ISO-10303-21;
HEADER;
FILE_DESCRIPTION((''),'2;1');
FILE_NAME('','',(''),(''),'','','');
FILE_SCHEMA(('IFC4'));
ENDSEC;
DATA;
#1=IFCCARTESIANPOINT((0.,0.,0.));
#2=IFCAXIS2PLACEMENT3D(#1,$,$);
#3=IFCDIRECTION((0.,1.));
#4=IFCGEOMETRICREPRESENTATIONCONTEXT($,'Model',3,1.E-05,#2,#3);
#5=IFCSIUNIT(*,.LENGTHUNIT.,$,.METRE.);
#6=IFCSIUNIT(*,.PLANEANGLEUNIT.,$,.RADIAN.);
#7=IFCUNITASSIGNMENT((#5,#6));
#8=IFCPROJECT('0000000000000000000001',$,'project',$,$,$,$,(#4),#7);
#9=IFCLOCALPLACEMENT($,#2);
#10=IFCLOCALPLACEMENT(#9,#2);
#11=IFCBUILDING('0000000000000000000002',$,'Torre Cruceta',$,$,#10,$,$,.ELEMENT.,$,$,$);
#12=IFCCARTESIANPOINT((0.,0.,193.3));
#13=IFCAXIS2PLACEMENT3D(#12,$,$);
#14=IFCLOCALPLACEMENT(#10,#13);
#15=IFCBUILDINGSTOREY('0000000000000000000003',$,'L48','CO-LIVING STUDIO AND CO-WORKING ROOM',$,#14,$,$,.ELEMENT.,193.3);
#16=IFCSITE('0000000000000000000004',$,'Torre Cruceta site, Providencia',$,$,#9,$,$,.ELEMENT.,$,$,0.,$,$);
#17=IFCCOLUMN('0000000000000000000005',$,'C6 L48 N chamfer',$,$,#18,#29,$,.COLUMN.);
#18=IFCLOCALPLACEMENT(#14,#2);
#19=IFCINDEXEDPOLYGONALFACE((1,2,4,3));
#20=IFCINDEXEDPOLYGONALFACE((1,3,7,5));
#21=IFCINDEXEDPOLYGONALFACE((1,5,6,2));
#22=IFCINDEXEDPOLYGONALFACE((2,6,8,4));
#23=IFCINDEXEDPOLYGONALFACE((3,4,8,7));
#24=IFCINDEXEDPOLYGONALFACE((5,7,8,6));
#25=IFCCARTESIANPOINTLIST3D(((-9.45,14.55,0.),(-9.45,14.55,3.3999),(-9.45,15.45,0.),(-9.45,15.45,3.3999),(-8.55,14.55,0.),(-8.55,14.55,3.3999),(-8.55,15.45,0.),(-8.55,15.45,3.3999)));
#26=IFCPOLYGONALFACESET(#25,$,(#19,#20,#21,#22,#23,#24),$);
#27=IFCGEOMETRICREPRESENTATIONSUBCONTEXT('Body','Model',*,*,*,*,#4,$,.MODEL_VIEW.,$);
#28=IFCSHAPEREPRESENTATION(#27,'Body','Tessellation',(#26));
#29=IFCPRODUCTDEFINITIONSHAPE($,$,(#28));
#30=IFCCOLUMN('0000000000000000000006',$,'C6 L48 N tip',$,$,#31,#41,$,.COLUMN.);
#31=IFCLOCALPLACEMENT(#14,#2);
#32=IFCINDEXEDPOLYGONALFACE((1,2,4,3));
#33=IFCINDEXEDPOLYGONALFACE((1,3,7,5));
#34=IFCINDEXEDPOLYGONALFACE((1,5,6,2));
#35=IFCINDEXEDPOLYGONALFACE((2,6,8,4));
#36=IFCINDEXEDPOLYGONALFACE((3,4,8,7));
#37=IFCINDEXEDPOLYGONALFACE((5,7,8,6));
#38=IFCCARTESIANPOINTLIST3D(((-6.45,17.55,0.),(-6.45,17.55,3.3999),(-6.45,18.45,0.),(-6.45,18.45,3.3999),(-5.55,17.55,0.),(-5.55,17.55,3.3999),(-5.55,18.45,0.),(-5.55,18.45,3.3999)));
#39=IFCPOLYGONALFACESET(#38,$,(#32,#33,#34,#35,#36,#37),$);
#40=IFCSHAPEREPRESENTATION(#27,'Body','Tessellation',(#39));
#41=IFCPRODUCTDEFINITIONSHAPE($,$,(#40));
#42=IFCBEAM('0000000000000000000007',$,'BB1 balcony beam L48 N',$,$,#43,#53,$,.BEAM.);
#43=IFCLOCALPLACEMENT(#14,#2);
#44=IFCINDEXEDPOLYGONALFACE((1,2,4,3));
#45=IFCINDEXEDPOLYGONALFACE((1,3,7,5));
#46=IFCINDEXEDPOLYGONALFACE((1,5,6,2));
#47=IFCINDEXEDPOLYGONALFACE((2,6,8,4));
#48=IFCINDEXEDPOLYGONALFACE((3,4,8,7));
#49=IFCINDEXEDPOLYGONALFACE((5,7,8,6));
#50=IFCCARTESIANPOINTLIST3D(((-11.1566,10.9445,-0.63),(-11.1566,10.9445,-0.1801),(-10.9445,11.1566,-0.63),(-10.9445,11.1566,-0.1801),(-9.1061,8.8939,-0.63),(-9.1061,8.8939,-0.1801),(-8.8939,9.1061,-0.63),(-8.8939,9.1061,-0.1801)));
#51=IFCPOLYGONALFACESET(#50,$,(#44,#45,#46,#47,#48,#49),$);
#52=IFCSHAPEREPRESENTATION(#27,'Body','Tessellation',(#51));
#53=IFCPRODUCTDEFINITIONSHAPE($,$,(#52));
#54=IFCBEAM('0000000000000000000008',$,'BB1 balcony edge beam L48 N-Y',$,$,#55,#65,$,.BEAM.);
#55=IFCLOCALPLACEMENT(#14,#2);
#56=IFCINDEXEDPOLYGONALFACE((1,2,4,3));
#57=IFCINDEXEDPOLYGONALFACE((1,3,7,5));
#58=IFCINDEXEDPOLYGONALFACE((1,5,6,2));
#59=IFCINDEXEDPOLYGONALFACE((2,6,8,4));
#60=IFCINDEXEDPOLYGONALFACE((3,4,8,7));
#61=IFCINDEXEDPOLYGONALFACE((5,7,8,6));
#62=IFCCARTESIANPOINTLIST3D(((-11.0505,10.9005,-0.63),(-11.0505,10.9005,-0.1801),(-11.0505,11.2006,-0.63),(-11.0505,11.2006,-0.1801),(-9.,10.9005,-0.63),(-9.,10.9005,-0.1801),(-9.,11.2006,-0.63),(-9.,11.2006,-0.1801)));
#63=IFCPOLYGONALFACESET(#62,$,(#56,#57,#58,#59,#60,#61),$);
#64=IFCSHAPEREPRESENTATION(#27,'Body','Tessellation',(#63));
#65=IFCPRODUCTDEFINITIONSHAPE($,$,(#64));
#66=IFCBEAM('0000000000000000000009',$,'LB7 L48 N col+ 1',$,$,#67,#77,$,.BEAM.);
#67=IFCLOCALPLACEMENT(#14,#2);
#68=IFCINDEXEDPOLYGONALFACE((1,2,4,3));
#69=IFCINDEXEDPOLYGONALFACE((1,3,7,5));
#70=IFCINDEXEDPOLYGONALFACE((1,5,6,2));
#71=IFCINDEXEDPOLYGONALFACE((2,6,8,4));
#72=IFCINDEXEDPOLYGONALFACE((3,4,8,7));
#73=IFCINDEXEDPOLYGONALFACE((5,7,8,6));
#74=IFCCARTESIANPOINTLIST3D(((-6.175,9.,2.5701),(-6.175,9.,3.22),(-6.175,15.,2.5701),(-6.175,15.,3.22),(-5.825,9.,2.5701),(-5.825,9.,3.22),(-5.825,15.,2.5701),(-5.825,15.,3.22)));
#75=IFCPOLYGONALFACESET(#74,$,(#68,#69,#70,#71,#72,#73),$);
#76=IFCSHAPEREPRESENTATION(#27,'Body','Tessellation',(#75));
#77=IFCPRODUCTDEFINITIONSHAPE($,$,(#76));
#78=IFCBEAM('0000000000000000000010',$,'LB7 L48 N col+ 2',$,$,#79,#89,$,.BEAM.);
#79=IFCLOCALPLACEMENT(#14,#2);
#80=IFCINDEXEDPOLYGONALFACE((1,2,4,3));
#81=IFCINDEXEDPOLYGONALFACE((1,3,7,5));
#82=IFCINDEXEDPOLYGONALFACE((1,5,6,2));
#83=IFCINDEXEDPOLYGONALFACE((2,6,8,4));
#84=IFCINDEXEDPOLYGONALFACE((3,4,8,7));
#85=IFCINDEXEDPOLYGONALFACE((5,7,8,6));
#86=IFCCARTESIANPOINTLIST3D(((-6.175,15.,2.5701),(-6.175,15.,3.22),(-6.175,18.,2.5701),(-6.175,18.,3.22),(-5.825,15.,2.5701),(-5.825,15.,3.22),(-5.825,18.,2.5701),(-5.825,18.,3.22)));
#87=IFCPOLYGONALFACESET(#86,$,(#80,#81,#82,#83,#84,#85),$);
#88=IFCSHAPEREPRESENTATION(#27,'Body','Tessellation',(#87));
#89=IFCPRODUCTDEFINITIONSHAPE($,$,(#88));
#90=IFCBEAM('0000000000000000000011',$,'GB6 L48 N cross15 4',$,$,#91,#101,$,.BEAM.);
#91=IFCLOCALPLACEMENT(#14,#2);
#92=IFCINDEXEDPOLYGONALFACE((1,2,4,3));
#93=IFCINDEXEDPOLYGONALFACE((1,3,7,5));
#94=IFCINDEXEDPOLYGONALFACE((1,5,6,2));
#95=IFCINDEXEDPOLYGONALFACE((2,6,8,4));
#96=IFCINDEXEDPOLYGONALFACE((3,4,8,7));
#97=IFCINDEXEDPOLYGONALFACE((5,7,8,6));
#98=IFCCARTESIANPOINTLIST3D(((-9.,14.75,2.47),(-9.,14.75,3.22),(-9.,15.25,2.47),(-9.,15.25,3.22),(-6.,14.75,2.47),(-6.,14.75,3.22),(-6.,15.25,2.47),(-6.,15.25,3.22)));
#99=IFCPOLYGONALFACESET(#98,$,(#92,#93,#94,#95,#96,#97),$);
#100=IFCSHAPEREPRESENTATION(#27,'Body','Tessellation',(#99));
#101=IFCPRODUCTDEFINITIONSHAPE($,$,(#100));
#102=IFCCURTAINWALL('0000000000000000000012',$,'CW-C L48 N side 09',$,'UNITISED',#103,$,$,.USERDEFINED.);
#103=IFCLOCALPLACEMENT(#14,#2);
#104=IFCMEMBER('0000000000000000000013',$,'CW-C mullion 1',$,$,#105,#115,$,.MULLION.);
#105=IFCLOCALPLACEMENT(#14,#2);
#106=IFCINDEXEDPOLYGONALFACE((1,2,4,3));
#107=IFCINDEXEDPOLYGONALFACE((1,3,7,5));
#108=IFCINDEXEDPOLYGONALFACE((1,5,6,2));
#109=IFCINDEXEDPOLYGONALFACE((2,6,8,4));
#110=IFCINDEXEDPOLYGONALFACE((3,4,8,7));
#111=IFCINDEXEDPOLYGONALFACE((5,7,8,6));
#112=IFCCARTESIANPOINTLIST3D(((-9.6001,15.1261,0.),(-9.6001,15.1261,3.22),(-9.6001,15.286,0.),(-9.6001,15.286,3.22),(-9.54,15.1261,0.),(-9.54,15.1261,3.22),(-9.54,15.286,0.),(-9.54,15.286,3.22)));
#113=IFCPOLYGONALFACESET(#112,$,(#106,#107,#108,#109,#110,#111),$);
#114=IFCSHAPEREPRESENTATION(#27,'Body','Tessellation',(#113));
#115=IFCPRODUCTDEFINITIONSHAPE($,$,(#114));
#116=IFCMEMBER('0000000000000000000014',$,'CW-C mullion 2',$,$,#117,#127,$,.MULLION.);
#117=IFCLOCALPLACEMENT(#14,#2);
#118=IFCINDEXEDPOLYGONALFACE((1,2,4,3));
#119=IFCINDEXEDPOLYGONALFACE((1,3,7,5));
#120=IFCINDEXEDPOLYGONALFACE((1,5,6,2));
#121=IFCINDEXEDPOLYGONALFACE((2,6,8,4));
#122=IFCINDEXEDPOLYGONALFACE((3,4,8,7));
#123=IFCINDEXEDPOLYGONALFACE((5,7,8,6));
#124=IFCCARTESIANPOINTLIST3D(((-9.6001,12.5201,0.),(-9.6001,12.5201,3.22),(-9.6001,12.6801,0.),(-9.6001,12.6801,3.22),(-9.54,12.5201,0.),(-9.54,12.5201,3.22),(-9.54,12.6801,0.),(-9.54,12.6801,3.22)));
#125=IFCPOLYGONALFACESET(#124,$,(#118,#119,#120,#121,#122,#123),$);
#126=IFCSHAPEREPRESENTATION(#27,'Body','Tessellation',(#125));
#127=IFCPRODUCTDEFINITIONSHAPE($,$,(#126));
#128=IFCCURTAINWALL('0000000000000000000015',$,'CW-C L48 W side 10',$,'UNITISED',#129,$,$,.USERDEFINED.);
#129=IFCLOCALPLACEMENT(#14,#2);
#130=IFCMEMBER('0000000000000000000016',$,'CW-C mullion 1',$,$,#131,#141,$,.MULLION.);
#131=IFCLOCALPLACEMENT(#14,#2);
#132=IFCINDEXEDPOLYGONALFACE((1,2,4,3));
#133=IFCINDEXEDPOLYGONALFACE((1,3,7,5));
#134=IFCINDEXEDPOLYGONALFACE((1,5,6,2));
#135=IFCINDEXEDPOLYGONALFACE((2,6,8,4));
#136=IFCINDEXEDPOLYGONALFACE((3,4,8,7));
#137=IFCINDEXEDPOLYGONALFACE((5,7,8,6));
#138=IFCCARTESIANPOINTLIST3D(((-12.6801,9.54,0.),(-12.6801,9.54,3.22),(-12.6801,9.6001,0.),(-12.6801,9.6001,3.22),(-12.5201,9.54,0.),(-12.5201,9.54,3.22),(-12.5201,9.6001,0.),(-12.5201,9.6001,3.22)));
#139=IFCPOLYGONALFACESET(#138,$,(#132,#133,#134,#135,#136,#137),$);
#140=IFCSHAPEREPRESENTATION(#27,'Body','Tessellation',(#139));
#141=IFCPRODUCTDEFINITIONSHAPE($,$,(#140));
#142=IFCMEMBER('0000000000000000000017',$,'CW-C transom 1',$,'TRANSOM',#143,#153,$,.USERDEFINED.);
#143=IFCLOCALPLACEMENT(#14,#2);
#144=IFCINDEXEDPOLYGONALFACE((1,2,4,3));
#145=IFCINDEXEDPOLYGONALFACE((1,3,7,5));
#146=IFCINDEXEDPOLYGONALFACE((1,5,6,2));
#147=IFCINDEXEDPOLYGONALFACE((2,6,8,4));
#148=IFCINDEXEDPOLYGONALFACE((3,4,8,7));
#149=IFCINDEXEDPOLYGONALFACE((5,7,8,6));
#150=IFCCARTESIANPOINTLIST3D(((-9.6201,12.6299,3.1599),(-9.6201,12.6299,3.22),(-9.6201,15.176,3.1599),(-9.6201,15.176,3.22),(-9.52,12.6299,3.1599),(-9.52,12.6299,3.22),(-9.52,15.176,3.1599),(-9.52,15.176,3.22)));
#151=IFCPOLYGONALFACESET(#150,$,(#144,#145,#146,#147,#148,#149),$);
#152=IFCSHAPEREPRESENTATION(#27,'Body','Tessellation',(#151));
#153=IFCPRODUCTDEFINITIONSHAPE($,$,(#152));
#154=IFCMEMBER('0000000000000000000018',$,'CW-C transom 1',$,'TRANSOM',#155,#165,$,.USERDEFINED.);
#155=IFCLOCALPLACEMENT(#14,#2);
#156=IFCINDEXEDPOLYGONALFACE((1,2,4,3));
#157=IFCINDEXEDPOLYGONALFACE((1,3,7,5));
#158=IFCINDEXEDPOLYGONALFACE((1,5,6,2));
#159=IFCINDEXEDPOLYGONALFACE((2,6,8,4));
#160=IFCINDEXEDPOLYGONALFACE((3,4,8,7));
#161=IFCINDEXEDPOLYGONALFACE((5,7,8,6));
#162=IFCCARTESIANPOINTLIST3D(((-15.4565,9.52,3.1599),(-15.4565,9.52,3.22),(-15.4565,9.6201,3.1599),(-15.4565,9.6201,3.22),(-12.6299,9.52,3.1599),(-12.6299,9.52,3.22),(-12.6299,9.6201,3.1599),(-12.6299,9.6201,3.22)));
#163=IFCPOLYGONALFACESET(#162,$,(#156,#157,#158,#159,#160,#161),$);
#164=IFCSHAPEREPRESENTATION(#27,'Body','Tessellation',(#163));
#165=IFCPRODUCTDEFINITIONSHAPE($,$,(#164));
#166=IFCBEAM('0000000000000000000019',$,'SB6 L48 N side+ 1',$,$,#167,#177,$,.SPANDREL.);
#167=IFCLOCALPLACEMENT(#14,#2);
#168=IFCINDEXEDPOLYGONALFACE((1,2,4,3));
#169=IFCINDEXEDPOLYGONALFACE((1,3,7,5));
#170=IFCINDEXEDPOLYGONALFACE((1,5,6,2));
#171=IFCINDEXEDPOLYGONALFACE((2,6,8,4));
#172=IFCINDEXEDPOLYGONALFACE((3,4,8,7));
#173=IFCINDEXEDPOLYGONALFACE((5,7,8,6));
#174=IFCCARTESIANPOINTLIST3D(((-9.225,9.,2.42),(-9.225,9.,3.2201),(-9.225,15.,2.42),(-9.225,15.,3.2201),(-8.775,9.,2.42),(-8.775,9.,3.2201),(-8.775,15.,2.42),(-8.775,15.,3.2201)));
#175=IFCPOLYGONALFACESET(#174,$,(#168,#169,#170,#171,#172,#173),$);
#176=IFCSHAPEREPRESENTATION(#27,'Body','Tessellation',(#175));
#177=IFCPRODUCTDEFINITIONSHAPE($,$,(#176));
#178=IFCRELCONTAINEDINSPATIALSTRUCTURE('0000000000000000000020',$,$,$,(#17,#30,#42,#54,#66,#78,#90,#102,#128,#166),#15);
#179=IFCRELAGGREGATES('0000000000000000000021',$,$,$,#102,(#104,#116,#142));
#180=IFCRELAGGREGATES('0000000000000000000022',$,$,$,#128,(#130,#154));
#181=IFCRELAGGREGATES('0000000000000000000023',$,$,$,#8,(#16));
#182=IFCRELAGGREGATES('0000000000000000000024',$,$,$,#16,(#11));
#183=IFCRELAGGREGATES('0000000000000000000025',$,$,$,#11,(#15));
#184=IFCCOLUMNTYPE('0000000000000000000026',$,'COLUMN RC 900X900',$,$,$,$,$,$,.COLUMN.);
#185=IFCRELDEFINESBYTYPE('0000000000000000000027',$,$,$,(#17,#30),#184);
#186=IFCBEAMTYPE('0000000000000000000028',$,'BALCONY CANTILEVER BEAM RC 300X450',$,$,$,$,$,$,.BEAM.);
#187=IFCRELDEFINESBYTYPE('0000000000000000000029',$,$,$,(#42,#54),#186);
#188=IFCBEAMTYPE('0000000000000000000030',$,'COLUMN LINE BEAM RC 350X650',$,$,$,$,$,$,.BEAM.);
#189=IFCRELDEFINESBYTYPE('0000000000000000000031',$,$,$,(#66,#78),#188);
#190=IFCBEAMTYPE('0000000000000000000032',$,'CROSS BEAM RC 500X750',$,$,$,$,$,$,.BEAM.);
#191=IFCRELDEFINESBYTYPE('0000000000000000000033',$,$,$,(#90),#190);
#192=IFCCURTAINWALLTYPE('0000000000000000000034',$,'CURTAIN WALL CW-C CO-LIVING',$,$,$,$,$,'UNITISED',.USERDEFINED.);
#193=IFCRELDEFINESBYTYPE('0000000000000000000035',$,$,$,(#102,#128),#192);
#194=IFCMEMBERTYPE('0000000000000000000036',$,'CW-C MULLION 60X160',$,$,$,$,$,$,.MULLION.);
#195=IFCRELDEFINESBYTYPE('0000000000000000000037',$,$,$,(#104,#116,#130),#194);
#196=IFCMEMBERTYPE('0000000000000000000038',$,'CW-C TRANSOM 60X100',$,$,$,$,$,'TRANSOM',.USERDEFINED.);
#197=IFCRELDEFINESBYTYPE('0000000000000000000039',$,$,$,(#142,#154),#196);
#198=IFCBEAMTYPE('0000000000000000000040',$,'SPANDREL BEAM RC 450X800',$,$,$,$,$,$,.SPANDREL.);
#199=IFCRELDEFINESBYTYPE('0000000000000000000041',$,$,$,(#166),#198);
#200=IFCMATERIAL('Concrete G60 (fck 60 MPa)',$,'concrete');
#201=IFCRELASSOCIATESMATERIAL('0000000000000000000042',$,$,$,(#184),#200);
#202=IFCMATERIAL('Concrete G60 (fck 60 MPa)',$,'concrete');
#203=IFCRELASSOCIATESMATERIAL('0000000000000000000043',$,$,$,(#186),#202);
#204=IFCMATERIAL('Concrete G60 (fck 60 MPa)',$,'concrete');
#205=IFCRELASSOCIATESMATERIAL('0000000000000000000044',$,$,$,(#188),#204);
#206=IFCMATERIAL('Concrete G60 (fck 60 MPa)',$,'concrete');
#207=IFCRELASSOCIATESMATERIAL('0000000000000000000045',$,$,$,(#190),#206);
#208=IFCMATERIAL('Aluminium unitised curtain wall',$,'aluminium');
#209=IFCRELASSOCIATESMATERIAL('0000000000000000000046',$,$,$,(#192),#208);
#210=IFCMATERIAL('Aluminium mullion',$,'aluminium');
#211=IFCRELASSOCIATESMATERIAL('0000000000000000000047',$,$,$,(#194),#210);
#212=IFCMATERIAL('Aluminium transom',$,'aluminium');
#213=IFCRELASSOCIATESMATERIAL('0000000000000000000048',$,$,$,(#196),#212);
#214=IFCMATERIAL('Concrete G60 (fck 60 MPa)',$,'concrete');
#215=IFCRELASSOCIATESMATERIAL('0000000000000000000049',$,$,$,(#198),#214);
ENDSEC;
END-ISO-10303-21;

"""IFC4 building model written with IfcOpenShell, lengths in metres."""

from ifc_helpers import new_model, si_unit, direction, frame, origin, origin_2d, place, context, subcontext, project, spatial, rectangle, extrude, material, material_profile, profile_set, type_object, element, aggregate, save


model = new_model("IFC4")

# Units and contexts
model_context = context("Model", 3, precision=1e-05, world=origin(), true_north=direction((0.0, 1.0)))
body_context = subcontext(model_context, "Body", "Model", "MODEL_VIEW")
ifc_project = project(units=[si_unit("LENGTHUNIT", "METRE"), si_unit("PLANEANGLEUNIT", "RADIAN")], contexts=[model_context])

# Site, building, storey
site_placement = place(None, origin())
site = spatial("IfcSite", under=ifc_project, at=site_placement, Name="Torre Cruceta site, Providencia", CompositionType="ELEMENT", RefElevation=0.0)
building_placement = place(site_placement, origin())
building = spatial("IfcBuilding", under=site, at=building_placement, Name="Torre Cruceta", CompositionType="ELEMENT")
storey_placement = place(building_placement, frame((0.0, 0.0, 193.3)))
storey = spatial("IfcBuildingStorey", under=building, at=storey_placement, Name="L48", Description="CO-LIVING STUDIO AND CO-WORKING ROOM", CompositionType="ELEMENT", Elevation=193.3)

# Columns
ifc_material_1 = material(Name="Concrete G60 (fck 60 MPa)", Category="concrete")
ifc_material_profile_1 = material_profile(ifc_material_1, rectangle(XDim=0.8999, YDim=0.8999, at=origin_2d()), Name="RC 900X900")
ifc_profile_set_1 = profile_set([ifc_material_profile_1], Name="Concrete G60 (fck 60 MPa)")
column_type = type_object("IfcColumnType", Name="COLUMN RC 900X900", PredefinedType="COLUMN", material=ifc_profile_set_1)
for number, where, z_axis, x_axis, name in (
    (1, (-9.0, 15.0, 0.0), (0.0, 0.0, 1.0), (1.0, 0.0, 0.0), "C6 L48 N chamfer"),
    (2, (-6.0, 18.0, 0.0), (0.0, 0.0, 1.0), (1.0, 0.0, 0.0), "C6 L48 N tip"),
):
    element("IfcColumn", number, at=place(storey_placement, frame(where, z_axis=z_axis, x_axis=x_axis)), inside=storey, type_object=column_type, Name=name, PredefinedType="COLUMN", context=body_context, shape_type="SweptSolid", body=[
        extrude(rectangle(XDim=0.8999, YDim=0.8999, at=origin_2d()), origin(), (0.0, 0.0, 1.0), 3.3999),
    ])

# Beams
ifc_material_2 = material(Name="Concrete G60 (fck 60 MPa)", Category="concrete")
ifc_material_profile_2 = material_profile(ifc_material_2, rectangle(XDim=0.3, YDim=0.45, at=origin_2d()), Name="RC 300X450")
ifc_profile_set_2 = profile_set([ifc_material_profile_2], Name="Concrete G60 (fck 60 MPa)")
beam_type_1 = type_object("IfcBeamType", Name="BALCONY CANTILEVER BEAM RC 300X450", PredefinedType="BEAM", material=ifc_profile_set_2)
beam_1_placement = place(storey_placement, frame((-9.0, 9.0, -0.405), z_axis=(-0.707107, 0.707107, 0.0), x_axis=(-0.707107, -0.707107, 0.0)))
element("IfcBeam", 3, at=beam_1_placement, inside=storey, type_object=beam_type_1, Name="BB1 balcony beam L48 N", PredefinedType="BEAM", context=body_context, shape_type="SweptSolid", body=[
    extrude(rectangle(XDim=0.3, YDim=0.45, at=origin_2d()), origin(), (0.0, 0.0, 1.0), 2.8999),
])
beam_2_placement = place(storey_placement, frame((-9.0, 11.0505, -0.405), z_axis=(-1.0, 0.0, 0.0), x_axis=(0.0, -1.0, 0.0)))
element("IfcBeam", 4, at=beam_2_placement, inside=storey, type_object=beam_type_1, Name="BB1 balcony edge beam L48 N-Y", PredefinedType="BEAM", context=body_context, shape_type="SweptSolid", body=[
    extrude(rectangle(XDim=0.3, YDim=0.45, at=origin_2d()), origin(), (0.0, 0.0, 1.0), 2.0505),
])
ifc_material_3 = material(Name="Concrete G60 (fck 60 MPa)", Category="concrete")
ifc_material_profile_3 = material_profile(ifc_material_3, rectangle(XDim=0.3501, YDim=0.6499, at=origin_2d()), Name="RC 350X650")
ifc_profile_set_3 = profile_set([ifc_material_profile_3], Name="Concrete G60 (fck 60 MPa)")
beam_type_2 = type_object("IfcBeamType", Name="COLUMN LINE BEAM RC 350X650", PredefinedType="BEAM", material=ifc_profile_set_3)
beam_3_placement = place(storey_placement, frame((-6.0, 9.0, 2.895), z_axis=(0.0, 1.0, 0.0), x_axis=(-1.0, 0.0, 0.0)))
element("IfcBeam", 5, at=beam_3_placement, inside=storey, type_object=beam_type_2, Name="LB7 L48 N col+ 1", PredefinedType="BEAM", context=body_context, shape_type="SweptSolid", body=[
    extrude(rectangle(XDim=0.3501, YDim=0.6499, at=origin_2d()), origin(), (0.0, 0.0, 1.0), 6.0),
])
beam_4_placement = place(storey_placement, frame((-6.0, 15.0, 2.895), z_axis=(0.0, 1.0, 0.0), x_axis=(-1.0, 0.0, 0.0)))
element("IfcBeam", 6, at=beam_4_placement, inside=storey, type_object=beam_type_2, Name="LB7 L48 N col+ 2", PredefinedType="BEAM", context=body_context, shape_type="SweptSolid", body=[
    extrude(rectangle(XDim=0.3501, YDim=0.6499, at=origin_2d()), origin(), (0.0, 0.0, 1.0), 3.0),
])
ifc_material_4 = material(Name="Concrete G60 (fck 60 MPa)", Category="concrete")
ifc_material_profile_4 = material_profile(ifc_material_4, rectangle(XDim=0.5, YDim=0.75, at=origin_2d()), Name="RC 500X750")
ifc_profile_set_4 = profile_set([ifc_material_profile_4], Name="Concrete G60 (fck 60 MPa)")
beam_type_3 = type_object("IfcBeamType", Name="CROSS BEAM RC 500X750", PredefinedType="BEAM", material=ifc_profile_set_4)
beam_5_placement = place(storey_placement, frame((-6.0, 15.0, 2.845), z_axis=(-1.0, 0.0, 0.0), x_axis=(0.0, -1.0, 0.0)))
element("IfcBeam", 7, at=beam_5_placement, inside=storey, type_object=beam_type_3, Name="GB6 L48 N cross15 4", PredefinedType="BEAM", context=body_context, shape_type="SweptSolid", body=[
    extrude(rectangle(XDim=0.5, YDim=0.75, at=origin_2d()), origin(), (0.0, 0.0, 1.0), 3.0),
])

# Curtain wall, members
ifc_material_5 = material(Name="Aluminium unitised curtain wall", Category="aluminium")
curtain_wall_type = type_object("IfcCurtainWallType", Name="CURTAIN WALL CW-C CO-LIVING", ElementType="UNITISED", PredefinedType="USERDEFINED", material=ifc_material_5)
curtain_wall_1_placement = place(storey_placement, origin())
curtain_wall_1 = element("IfcCurtainWall", 8, at=curtain_wall_1_placement, inside=storey, type_object=curtain_wall_type, Name="CW-C L48 N side 09", ObjectType="UNITISED", PredefinedType="USERDEFINED")
ifc_material_6 = material(Name="Aluminium mullion", Category="aluminium")
ifc_material_profile_5 = material_profile(ifc_material_6, rectangle(XDim=0.0601, YDim=0.1599, at=origin_2d()), Name="AL 60X160")
ifc_profile_set_5 = profile_set([ifc_material_profile_5], Name="Aluminium mullion")
member_type_1 = type_object("IfcMemberType", Name="CW-C MULLION 60X160", PredefinedType="MULLION", material=ifc_profile_set_5)
member_1_placement = place(storey_placement, frame((-9.5701, 15.2061, 0.0), z_axis=(0.0, 0.0, 1.0), x_axis=(1.0, 0.0, 0.0)))
member_1 = element("IfcMember", 9, at=member_1_placement, type_object=member_type_1, Name="CW-C mullion 1", PredefinedType="MULLION", context=body_context, shape_type="SweptSolid", body=[
    extrude(rectangle(XDim=0.0601, YDim=0.1599, at=origin_2d()), origin(), (0.0, 0.0, 1.0), 3.22),
])
member_2_placement = place(storey_placement, frame((-9.5701, 12.6001, 0.0), z_axis=(0.0, 0.0, 1.0), x_axis=(1.0, 0.0, 0.0)))
member_2 = element("IfcMember", 10, at=member_2_placement, type_object=member_type_1, Name="CW-C mullion 2", PredefinedType="MULLION", context=body_context, shape_type="SweptSolid", body=[
    extrude(rectangle(XDim=0.0601, YDim=0.1599, at=origin_2d()), origin(), (0.0, 0.0, 1.0), 3.22),
])

# Curtain wall, member
curtain_wall_2_placement = place(storey_placement, origin())
curtain_wall_2 = element("IfcCurtainWall", 11, at=curtain_wall_2_placement, inside=storey, type_object=curtain_wall_type, Name="CW-C L48 W side 10", ObjectType="UNITISED", PredefinedType="USERDEFINED")
member_3_placement = place(storey_placement, frame((-12.6001, 9.5701, 0.0), z_axis=(0.0, 0.0, 1.0), x_axis=(0.0, -1.0, 0.0)))
member_3 = element("IfcMember", 12, at=member_3_placement, type_object=member_type_1, Name="CW-C mullion 1", PredefinedType="MULLION", context=body_context, shape_type="SweptSolid", body=[
    extrude(rectangle(XDim=0.0601, YDim=0.1599, at=origin_2d()), origin(), (0.0, 0.0, 1.0), 3.22),
])

# Members
ifc_material_7 = material(Name="Aluminium transom", Category="aluminium")
ifc_material_profile_6 = material_profile(ifc_material_7, rectangle(XDim=0.1001, YDim=0.0601, at=origin_2d()), Name="AL 100X60")
ifc_profile_set_6 = profile_set([ifc_material_profile_6], Name="Aluminium transom")
member_type_2 = type_object("IfcMemberType", Name="CW-C TRANSOM 60X100", ElementType="TRANSOM", PredefinedType="USERDEFINED", material=ifc_profile_set_6)
member_4_placement = place(storey_placement, frame((-9.5701, 15.176, 3.1899), z_axis=(0.0, -1.0, 0.0), x_axis=(1.0, 0.0, 0.0)))
member_4 = element("IfcMember", 13, at=member_4_placement, type_object=member_type_2, Name="CW-C transom 1", ObjectType="TRANSOM", PredefinedType="USERDEFINED", context=body_context, shape_type="SweptSolid", body=[
    extrude(rectangle(XDim=0.1001, YDim=0.0601, at=origin_2d()), origin(), (0.0, 0.0, 1.0), 2.5461),
])
member_5_placement = place(storey_placement, frame((-12.6299, 9.5701, 3.1899), z_axis=(-1.0, 0.0, 0.0), x_axis=(0.0, -1.0, 0.0)))
member_5 = element("IfcMember", 14, at=member_5_placement, type_object=member_type_2, Name="CW-C transom 1", ObjectType="TRANSOM", PredefinedType="USERDEFINED", context=body_context, shape_type="SweptSolid", body=[
    extrude(rectangle(XDim=0.1001, YDim=0.0601, at=origin_2d()), origin(), (0.0, 0.0, 1.0), 2.8267),
])

# Beam
ifc_material_8 = material(Name="Concrete G60 (fck 60 MPa)", Category="concrete")
ifc_material_profile_7 = material_profile(ifc_material_8, rectangle(XDim=0.45, YDim=0.8, at=origin_2d()), Name="RC 450X800")
ifc_profile_set_7 = profile_set([ifc_material_profile_7], Name="Concrete G60 (fck 60 MPa)")
beam_type_4 = type_object("IfcBeamType", Name="SPANDREL BEAM RC 450X800", PredefinedType="SPANDREL", material=ifc_profile_set_7)
beam_6_placement = place(storey_placement, frame((-9.0, 9.0, 2.8201), z_axis=(0.0, 1.0, 0.0), x_axis=(-1.0, 0.0, 0.0)))
element("IfcBeam", 15, at=beam_6_placement, inside=storey, type_object=beam_type_4, Name="SB6 L48 N side+ 1", PredefinedType="SPANDREL", context=body_context, shape_type="SweptSolid", body=[
    extrude(rectangle(XDim=0.45, YDim=0.8, at=origin_2d()), origin(), (0.0, 0.0, 1.0), 6.0),
])

aggregate(curtain_wall_1, [member_1, member_2, member_4])
aggregate(curtain_wall_2, [member_3, member_5])

save(model, "model.ifc")
